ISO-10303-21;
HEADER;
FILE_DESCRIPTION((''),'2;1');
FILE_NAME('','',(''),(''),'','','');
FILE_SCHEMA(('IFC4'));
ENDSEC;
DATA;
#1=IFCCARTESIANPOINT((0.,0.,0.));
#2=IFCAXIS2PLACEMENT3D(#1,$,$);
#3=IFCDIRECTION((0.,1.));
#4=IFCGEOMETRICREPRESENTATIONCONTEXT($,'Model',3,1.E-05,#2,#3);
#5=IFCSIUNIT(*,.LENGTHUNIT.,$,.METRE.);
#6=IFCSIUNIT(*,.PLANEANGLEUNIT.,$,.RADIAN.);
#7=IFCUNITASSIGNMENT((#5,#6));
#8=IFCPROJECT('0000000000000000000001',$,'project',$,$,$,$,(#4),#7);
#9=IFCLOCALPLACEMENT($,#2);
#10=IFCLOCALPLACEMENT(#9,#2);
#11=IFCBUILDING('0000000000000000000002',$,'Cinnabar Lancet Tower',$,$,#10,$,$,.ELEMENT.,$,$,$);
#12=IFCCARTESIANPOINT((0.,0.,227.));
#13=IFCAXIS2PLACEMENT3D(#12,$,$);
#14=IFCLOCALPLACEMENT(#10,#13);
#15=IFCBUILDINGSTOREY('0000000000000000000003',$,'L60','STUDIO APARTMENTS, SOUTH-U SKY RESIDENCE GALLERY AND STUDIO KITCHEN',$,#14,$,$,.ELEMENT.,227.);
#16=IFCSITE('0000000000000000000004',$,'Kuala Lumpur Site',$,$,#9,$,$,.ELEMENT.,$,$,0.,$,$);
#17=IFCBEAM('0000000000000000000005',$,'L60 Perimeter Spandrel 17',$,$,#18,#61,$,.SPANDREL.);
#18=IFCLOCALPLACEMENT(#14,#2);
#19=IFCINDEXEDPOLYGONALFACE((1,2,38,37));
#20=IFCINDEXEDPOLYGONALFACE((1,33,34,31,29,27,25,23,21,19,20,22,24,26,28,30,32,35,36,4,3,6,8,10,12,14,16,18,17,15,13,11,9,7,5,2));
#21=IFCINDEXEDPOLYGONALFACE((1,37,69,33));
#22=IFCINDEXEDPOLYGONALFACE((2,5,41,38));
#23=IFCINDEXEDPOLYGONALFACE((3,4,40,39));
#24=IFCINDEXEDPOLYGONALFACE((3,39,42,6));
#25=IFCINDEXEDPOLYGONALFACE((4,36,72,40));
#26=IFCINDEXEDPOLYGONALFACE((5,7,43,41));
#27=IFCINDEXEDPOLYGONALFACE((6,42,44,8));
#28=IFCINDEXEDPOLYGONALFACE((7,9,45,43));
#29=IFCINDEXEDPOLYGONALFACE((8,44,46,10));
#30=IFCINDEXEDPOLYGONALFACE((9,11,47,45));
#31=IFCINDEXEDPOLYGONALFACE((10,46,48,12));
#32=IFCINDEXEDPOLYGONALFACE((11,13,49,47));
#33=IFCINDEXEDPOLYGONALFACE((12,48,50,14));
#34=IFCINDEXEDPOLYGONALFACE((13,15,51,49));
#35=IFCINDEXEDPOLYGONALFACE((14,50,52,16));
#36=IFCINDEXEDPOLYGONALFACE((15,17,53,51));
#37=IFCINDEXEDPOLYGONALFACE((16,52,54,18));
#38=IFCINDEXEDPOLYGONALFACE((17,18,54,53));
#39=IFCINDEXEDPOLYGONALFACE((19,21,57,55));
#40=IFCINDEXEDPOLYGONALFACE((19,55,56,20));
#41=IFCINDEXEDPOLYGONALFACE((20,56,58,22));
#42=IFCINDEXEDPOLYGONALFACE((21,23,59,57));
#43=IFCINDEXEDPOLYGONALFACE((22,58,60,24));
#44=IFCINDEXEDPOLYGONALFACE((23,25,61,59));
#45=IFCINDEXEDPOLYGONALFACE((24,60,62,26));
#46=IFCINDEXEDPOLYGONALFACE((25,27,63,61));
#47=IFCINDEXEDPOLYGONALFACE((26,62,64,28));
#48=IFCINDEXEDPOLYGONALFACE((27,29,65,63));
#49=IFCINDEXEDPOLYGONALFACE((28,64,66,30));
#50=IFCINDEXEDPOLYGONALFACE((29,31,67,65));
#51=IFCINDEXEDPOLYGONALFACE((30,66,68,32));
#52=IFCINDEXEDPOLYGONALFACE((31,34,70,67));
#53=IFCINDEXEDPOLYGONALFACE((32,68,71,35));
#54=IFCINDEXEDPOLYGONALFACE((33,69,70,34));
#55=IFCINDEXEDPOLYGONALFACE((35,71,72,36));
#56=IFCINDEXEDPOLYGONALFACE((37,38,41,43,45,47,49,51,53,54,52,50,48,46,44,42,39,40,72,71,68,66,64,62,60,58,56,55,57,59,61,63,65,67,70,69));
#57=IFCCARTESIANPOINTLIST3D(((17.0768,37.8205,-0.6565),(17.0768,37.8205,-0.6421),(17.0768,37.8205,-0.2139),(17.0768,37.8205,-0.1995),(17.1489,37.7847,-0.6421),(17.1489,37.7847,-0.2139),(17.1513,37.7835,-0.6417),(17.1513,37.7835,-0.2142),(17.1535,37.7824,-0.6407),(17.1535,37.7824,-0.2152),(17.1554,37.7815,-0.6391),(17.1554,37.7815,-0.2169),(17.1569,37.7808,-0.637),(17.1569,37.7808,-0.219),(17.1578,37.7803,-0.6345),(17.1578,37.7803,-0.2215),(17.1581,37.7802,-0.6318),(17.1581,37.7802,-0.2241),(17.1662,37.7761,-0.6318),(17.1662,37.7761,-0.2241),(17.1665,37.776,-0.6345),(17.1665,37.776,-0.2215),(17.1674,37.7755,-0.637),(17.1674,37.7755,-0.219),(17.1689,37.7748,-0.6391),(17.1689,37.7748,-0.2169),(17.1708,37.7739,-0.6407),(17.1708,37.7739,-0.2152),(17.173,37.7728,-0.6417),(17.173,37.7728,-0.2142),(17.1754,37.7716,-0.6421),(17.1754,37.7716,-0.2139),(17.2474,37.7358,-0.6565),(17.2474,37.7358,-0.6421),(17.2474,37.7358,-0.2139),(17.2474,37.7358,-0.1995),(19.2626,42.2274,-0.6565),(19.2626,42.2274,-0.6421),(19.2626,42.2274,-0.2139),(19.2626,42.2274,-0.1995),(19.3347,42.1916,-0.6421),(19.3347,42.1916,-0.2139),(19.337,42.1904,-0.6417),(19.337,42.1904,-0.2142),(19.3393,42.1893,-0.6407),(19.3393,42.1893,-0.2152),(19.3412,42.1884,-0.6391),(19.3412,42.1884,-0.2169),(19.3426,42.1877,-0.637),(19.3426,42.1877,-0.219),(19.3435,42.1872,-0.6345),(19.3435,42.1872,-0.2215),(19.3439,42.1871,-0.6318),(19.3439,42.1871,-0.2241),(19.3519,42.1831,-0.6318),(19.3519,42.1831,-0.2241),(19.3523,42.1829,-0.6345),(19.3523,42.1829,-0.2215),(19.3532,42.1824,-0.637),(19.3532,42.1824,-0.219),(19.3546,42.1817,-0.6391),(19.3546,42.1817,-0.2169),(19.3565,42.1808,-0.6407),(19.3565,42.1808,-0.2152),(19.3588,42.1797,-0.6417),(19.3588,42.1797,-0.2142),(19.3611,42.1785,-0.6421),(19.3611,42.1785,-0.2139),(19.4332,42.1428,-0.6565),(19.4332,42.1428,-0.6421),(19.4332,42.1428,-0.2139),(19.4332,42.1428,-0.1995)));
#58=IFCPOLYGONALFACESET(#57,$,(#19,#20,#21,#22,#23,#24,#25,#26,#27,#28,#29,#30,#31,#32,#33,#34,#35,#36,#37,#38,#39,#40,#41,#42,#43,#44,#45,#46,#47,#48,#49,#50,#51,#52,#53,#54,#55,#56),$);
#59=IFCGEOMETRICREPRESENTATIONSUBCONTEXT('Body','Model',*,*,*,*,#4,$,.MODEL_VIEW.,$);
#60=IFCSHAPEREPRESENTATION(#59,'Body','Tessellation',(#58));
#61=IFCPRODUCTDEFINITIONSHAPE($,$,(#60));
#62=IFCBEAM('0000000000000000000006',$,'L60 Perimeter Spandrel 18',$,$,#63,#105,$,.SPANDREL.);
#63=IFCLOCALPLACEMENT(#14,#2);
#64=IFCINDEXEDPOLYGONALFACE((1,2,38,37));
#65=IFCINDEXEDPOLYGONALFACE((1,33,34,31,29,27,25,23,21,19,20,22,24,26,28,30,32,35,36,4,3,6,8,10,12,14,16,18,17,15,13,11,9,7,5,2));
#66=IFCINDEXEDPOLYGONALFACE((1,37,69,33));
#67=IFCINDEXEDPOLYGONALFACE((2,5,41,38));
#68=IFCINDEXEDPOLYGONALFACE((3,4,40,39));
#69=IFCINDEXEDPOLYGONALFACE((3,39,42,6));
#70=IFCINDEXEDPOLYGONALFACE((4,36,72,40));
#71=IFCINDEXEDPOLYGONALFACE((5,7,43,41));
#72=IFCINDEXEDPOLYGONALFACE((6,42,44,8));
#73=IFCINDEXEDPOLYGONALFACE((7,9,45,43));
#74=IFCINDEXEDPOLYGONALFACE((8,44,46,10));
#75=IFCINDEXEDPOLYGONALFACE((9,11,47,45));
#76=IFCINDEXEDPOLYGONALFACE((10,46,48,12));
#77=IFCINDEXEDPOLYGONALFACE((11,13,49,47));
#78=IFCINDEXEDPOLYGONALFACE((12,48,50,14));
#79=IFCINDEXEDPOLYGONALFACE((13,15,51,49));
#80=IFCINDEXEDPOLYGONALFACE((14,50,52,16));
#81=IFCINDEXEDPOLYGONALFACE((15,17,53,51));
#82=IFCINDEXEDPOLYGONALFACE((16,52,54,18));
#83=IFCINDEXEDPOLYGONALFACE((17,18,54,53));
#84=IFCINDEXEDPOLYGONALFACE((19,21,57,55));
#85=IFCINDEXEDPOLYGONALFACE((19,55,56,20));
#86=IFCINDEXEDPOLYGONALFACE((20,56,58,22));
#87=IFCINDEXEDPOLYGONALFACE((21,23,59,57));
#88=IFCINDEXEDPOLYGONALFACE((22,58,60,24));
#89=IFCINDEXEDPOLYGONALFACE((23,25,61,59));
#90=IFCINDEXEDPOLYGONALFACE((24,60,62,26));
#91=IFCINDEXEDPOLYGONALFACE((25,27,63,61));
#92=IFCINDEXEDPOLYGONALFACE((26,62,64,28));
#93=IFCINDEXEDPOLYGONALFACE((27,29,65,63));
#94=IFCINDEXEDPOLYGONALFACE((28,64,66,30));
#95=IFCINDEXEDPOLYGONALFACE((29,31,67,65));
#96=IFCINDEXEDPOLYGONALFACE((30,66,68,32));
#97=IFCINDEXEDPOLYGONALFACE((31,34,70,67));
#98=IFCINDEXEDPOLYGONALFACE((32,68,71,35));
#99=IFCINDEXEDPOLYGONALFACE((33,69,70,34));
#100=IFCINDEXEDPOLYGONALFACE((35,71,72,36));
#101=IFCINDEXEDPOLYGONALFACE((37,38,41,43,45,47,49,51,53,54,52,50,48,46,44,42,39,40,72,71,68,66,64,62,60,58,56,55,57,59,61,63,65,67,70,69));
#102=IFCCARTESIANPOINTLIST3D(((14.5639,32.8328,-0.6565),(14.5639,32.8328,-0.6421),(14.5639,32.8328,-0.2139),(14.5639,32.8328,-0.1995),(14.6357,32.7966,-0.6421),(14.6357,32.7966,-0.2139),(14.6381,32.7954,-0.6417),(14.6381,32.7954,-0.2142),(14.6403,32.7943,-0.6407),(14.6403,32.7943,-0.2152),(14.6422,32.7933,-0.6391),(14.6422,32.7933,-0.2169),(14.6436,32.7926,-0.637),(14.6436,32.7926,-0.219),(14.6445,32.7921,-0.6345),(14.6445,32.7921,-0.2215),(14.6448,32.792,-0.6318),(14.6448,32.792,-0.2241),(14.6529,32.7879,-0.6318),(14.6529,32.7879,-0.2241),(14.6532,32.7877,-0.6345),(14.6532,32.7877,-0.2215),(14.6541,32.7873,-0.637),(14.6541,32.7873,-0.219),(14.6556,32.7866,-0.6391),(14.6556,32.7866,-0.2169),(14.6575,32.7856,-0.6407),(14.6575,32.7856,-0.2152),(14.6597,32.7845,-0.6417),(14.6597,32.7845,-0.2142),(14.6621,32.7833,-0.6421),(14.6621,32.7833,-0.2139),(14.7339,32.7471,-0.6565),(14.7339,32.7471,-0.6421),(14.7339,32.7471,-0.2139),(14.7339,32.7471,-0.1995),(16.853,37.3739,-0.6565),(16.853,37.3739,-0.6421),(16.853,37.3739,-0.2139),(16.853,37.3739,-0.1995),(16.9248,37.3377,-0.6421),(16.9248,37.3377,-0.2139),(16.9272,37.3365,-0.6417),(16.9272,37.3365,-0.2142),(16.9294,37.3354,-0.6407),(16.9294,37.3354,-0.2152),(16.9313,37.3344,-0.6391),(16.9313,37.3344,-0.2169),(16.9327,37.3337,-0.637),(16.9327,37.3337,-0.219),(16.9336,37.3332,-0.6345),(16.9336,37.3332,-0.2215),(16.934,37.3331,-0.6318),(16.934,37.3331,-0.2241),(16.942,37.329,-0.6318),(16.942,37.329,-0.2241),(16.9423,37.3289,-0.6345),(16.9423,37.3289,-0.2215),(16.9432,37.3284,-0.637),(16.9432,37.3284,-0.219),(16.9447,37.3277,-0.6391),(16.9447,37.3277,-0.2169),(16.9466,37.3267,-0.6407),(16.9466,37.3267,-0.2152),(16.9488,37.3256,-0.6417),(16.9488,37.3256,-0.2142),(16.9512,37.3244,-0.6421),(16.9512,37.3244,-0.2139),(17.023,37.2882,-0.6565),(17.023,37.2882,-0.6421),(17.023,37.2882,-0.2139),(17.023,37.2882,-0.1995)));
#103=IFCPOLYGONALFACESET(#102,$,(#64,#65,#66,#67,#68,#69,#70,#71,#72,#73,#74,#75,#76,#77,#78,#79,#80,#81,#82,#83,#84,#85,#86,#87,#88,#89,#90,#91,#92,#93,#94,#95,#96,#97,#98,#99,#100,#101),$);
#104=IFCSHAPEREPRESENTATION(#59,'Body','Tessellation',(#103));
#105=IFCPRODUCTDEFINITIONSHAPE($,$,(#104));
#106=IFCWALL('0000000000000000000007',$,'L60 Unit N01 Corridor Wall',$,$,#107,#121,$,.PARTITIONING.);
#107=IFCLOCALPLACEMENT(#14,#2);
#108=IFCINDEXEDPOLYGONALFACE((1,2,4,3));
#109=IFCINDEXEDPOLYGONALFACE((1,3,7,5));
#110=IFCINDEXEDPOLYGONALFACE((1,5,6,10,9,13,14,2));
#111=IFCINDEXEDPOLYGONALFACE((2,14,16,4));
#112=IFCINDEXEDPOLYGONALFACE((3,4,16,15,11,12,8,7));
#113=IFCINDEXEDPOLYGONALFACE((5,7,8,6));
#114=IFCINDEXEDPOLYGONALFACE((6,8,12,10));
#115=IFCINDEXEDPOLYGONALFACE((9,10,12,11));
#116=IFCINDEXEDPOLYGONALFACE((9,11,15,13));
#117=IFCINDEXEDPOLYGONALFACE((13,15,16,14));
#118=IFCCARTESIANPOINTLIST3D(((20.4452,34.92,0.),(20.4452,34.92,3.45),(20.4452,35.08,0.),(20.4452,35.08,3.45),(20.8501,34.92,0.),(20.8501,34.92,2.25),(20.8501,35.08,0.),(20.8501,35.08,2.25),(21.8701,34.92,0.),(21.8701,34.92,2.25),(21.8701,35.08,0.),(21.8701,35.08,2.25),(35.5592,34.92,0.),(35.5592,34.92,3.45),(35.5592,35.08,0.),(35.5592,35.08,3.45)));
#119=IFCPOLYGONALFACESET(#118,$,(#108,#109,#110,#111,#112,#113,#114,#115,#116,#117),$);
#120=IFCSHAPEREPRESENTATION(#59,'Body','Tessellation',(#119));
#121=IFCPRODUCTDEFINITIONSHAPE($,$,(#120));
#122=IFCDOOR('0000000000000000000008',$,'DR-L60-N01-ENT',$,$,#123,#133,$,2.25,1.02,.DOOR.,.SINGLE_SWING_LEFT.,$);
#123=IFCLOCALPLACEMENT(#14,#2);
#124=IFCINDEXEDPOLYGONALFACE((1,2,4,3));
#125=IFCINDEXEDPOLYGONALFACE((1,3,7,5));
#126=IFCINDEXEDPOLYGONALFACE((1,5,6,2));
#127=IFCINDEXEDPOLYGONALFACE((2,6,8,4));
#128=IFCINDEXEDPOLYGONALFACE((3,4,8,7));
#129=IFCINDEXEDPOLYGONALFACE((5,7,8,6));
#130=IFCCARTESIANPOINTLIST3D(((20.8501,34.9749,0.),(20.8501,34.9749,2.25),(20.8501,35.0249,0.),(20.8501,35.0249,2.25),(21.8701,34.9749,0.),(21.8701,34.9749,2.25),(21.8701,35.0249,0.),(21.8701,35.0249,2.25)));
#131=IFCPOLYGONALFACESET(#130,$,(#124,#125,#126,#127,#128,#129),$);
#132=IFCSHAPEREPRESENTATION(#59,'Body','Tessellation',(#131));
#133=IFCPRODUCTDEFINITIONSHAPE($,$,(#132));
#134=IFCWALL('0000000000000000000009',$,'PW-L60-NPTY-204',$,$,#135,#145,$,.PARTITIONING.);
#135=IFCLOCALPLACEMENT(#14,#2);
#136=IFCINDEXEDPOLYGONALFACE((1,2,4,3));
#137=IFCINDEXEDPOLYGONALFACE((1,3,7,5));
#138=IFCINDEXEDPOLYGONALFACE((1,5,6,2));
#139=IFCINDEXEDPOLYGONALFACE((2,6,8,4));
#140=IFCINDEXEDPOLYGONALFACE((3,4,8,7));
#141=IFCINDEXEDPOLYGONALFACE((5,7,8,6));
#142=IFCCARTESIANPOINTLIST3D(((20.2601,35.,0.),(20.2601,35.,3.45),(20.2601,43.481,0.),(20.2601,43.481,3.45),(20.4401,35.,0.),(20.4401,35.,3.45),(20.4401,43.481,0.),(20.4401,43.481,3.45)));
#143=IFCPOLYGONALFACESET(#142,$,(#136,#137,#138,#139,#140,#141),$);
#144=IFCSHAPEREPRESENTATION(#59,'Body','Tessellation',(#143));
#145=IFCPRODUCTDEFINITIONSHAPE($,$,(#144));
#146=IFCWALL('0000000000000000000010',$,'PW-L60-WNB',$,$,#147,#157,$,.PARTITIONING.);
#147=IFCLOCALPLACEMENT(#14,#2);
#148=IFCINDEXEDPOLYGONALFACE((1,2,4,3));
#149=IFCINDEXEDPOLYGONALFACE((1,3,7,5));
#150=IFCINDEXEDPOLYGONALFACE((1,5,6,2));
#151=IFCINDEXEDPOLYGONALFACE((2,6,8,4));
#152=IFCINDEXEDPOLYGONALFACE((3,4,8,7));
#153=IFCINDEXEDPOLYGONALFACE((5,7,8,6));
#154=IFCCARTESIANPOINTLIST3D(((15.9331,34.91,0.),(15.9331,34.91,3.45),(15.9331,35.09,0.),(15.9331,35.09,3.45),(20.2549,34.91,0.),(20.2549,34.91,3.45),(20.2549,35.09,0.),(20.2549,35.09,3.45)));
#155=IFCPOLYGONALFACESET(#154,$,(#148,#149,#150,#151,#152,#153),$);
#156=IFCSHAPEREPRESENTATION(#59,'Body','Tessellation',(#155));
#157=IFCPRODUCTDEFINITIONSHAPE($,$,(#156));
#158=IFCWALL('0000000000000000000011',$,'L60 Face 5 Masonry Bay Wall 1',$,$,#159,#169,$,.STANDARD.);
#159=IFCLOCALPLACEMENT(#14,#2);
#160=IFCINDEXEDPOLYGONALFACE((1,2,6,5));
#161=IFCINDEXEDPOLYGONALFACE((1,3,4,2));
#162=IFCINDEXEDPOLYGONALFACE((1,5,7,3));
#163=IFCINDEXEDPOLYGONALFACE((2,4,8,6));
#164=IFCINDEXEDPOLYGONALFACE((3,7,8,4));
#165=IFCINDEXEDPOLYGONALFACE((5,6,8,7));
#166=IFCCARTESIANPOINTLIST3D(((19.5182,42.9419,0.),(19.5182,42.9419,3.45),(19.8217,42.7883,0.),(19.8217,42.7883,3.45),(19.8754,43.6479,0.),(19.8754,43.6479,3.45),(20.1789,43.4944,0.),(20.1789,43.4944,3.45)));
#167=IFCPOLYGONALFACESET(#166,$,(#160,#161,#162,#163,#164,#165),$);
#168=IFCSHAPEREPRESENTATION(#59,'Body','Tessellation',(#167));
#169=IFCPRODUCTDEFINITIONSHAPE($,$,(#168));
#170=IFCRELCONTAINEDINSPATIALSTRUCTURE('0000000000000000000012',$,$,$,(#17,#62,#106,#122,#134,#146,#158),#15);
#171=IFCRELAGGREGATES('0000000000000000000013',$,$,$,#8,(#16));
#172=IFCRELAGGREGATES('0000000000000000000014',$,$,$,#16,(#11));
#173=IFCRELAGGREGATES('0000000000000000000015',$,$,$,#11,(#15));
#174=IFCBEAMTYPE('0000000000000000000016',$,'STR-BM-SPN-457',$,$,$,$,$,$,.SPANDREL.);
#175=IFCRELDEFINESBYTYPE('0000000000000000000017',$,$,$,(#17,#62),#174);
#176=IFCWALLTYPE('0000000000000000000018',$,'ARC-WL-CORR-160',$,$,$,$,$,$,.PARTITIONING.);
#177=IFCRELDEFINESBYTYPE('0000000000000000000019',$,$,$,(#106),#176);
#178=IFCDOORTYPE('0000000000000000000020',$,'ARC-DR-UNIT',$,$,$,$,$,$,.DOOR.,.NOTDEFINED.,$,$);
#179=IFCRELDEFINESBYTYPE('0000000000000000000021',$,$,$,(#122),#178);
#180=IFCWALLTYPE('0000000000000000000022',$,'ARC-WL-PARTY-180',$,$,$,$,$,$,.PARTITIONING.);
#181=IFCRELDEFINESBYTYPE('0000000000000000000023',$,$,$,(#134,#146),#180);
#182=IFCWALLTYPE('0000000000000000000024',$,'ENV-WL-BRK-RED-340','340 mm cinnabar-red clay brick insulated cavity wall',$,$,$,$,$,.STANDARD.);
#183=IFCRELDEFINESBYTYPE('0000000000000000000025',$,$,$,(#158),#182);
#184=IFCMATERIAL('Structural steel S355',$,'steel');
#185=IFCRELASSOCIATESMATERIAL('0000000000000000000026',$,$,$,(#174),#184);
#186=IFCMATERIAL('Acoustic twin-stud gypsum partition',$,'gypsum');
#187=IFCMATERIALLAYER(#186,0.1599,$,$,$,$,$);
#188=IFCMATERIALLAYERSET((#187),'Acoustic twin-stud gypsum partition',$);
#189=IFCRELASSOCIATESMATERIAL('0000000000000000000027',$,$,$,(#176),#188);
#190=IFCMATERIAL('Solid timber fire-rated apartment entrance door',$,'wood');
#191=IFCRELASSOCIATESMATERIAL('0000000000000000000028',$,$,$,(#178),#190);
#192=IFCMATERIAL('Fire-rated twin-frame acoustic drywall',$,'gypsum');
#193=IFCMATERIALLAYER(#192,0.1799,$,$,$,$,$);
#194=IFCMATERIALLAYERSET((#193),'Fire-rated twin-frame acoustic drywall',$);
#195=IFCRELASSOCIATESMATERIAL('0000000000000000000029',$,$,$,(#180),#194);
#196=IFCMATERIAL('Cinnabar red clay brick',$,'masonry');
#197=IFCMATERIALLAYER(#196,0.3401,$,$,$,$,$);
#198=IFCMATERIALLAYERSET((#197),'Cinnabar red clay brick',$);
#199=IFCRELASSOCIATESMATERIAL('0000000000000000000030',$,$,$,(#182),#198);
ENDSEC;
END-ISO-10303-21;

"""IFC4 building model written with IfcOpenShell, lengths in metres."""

from ifc_helpers import new_model, si_unit, direction, frame, frame_2d, origin, origin_2d, place, context, subcontext, project, spatial, rectangle, i_section, extrude, material, layer, layer_set, material_profile, profile_set, type_object, element, fill, save


model = new_model("IFC4")

# Units and contexts
model_context = context("Model", 3, precision=1e-05, world=origin(), true_north=direction((0.0, 1.0)))
body_context = subcontext(model_context, "Body", "Model", "MODEL_VIEW")
ifc_project = project(units=[si_unit("LENGTHUNIT", "METRE"), si_unit("PLANEANGLEUNIT", "RADIAN")], contexts=[model_context])

# Site, building, storey
site_placement = place(None, origin())
site = spatial("IfcSite", under=ifc_project, at=site_placement, Name="Kuala Lumpur Site", CompositionType="ELEMENT", RefElevation=0.0)
building_placement = place(site_placement, origin())
building = spatial("IfcBuilding", under=site, at=building_placement, Name="Cinnabar Lancet Tower", CompositionType="ELEMENT")
storey_placement = place(building_placement, frame((0.0, 0.0, 227.0)))
storey = spatial("IfcBuildingStorey", under=building, at=storey_placement, Name="L60", Description="STUDIO APARTMENTS, SOUTH-U SKY RESIDENCE GALLERY AND STUDIO KITCHEN", CompositionType="ELEMENT", Elevation=227.0)

# Beams
ifc_material_1 = material(Name="Structural steel S355", Category="steel")
ifc_material_profile_1 = material_profile(ifc_material_1, i_section(OverallWidth=0.1904, OverallDepth=0.457, WebThickness=0.009, FlangeThickness=0.0144, FilletRadius=0.0103, at=origin_2d()), Name="UKB 457x191x74")
ifc_profile_set_1 = profile_set([ifc_material_profile_1], Name="Structural steel S355")
beam_type_1 = type_object("IfcBeamType", Name="STR-BM-SPN-457", PredefinedType="SPANDREL", material=ifc_profile_set_1)
beam_1_placement = place(storey_placement, frame((19.3479, 42.1851, -0.428), z_axis=(-0.444333, -0.895862, 0.0), x_axis=(0.895862, -0.444333, 0.0)))
element("IfcBeam", 1, at=beam_1_placement, inside=storey, type_object=beam_type_1, Name="L60 Perimeter Spandrel 17", PredefinedType="SPANDREL", context=body_context, shape_type="SweptSolid", body=[
    extrude(i_section(OverallWidth=0.1904, OverallDepth=0.457, WebThickness=0.009, FlangeThickness=0.0144, FilletRadius=0.0103, at=origin_2d()), origin(), (0.0, 0.0, 1.0), 4.9192),
])
beam_2_placement = place(storey_placement, frame((16.938, 37.3311, -0.428), z_axis=(-0.45013, -0.892963, 0.0), x_axis=(0.892963, -0.45013, 0.0)))
element("IfcBeam", 2, at=beam_2_placement, inside=storey, type_object=beam_type_1, Name="L60 Perimeter Spandrel 18", PredefinedType="SPANDREL", context=body_context, shape_type="SweptSolid", body=[
    extrude(i_section(OverallWidth=0.1904, OverallDepth=0.457, WebThickness=0.009, FlangeThickness=0.0144, FilletRadius=0.0103, at=origin_2d()), origin(), (0.0, 0.0, 1.0), 5.0854),
])

# Wall, opening, door
ifc_material_2 = material(Name="Acoustic twin-stud gypsum partition", Category="gypsum")
ifc_layer_1 = layer(ifc_material_2, 0.1599)
ifc_layer_set_1 = layer_set([ifc_layer_1], Name="Acoustic twin-stud gypsum partition")
wall_type_1 = type_object("IfcWallType", Name="ARC-WL-CORR-160", PredefinedType="PARTITIONING", material=ifc_layer_set_1)
wall_1_placement = place(storey_placement, frame((20.4451, 35.0, 0.0), z_axis=(0.0, 0.0, 1.0), x_axis=(1.0, 0.0, 0.0)))
wall_1 = element("IfcWall", 3, at=wall_1_placement, inside=storey, type_object=wall_type_1, Name="L60 Unit N01 Corridor Wall", PredefinedType="PARTITIONING", context=body_context, shape_type="SweptSolid", body=[
    extrude(rectangle(XDim=15.114, YDim=0.1599, at=frame_2d((7.5571, 0.0))), origin(), (0.0, 0.0, 1.0), 3.45),
])
opening_1_placement = place(wall_1_placement, frame((0.405, 0.0, 0.0)))
opening_1 = element("IfcOpeningElement", 4, at=opening_1_placement, cuts=wall_1, PredefinedType="OPENING", context=body_context, shape_type="SweptSolid", body=[
    extrude(rectangle(XDim=1.02, YDim=2.25, at=frame_2d((0.51, 1.125))), frame((0.0, 0.0898, 0.0), z_axis=(0.0, -1.0, 0.0), x_axis=(1.0, 0.0, 0.0)), (0.0, 0.0, 1.0), 0.1799),
])
ifc_material_3 = material(Name="Solid timber fire-rated apartment entrance door", Category="wood")
door_type = type_object("IfcDoorType", Name="ARC-DR-UNIT", OperationType="NOTDEFINED", PredefinedType="DOOR", material=ifc_material_3)
door_placement = place(opening_1_placement, origin())
door = element("IfcDoor", 5, at=door_placement, inside=storey, type_object=door_type, Name="DR-L60-N01-ENT", OperationType="SINGLE_SWING_LEFT", OverallHeight=2.25, OverallWidth=1.02, PredefinedType="DOOR", context=body_context, shape_type="SweptSolid", body=[
    extrude(rectangle(XDim=1.02, YDim=2.25, at=frame_2d((0.51, 1.125))), frame((0.0, 0.0249, 0.0), z_axis=(0.0, -1.0, 0.0), x_axis=(1.0, 0.0, 0.0)), (0.0, 0.0, 1.0), 0.05),
])
fill(opening_1, door)

# Walls
ifc_material_4 = material(Name="Fire-rated twin-frame acoustic drywall", Category="gypsum")
ifc_layer_2 = layer(ifc_material_4, 0.1799)
ifc_layer_set_2 = layer_set([ifc_layer_2], Name="Fire-rated twin-frame acoustic drywall")
wall_type_2 = type_object("IfcWallType", Name="ARC-WL-PARTY-180", PredefinedType="PARTITIONING", material=ifc_layer_set_2)
wall_2_placement = place(storey_placement, frame((20.3501, 35.0, 0.0), z_axis=(0.0, 0.0, 1.0), x_axis=(0.0, 1.0, 0.0)))
element("IfcWall", 6, at=wall_2_placement, inside=storey, type_object=wall_type_2, Name="PW-L60-NPTY-204", PredefinedType="PARTITIONING", context=body_context, shape_type="SweptSolid", body=[
    extrude(rectangle(XDim=8.481, YDim=0.1799, at=frame_2d((4.2405, 0.0))), origin(), (0.0, 0.0, 1.0), 3.45),
])
wall_3_placement = place(storey_placement, frame((15.9331, 35.0, 0.0), z_axis=(0.0, 0.0, 1.0), x_axis=(1.0, 0.0, 0.0)))
element("IfcWall", 7, at=wall_3_placement, inside=storey, type_object=wall_type_2, Name="PW-L60-WNB", PredefinedType="PARTITIONING", context=body_context, shape_type="SweptSolid", body=[
    extrude(rectangle(XDim=4.3218, YDim=0.1799, at=frame_2d((2.1609, 0.0))), origin(), (0.0, 0.0, 1.0), 3.45),
])
ifc_material_5 = material(Name="Cinnabar red clay brick", Category="masonry")
ifc_layer_3 = layer(ifc_material_5, 0.3401)
ifc_layer_set_3 = layer_set([ifc_layer_3], Name="Cinnabar red clay brick")
wall_type_3 = type_object("IfcWallType", Name="ENV-WL-BRK-RED-340", Description="340 mm cinnabar-red clay brick insulated cavity wall", PredefinedType="STANDARD", material=ifc_layer_set_3)
wall_4_placement = place(storey_placement, frame((20.0271, 43.571, 0.0), z_axis=(0.0, 0.0, 1.0), x_axis=(-0.451405, -0.892319, 0.0)))
element("IfcWall", 8, at=wall_4_placement, inside=storey, type_object=wall_type_3, Name="L60 Face 5 Masonry Bay Wall 1", PredefinedType="STANDARD", context=body_context, shape_type="SweptSolid", body=[
    extrude(rectangle(XDim=0.7913, YDim=0.3401, at=frame_2d((0.3955, 0.0))), origin(), (0.0, 0.0, 1.0), 3.45),
])

save(model, "model.ifc")
